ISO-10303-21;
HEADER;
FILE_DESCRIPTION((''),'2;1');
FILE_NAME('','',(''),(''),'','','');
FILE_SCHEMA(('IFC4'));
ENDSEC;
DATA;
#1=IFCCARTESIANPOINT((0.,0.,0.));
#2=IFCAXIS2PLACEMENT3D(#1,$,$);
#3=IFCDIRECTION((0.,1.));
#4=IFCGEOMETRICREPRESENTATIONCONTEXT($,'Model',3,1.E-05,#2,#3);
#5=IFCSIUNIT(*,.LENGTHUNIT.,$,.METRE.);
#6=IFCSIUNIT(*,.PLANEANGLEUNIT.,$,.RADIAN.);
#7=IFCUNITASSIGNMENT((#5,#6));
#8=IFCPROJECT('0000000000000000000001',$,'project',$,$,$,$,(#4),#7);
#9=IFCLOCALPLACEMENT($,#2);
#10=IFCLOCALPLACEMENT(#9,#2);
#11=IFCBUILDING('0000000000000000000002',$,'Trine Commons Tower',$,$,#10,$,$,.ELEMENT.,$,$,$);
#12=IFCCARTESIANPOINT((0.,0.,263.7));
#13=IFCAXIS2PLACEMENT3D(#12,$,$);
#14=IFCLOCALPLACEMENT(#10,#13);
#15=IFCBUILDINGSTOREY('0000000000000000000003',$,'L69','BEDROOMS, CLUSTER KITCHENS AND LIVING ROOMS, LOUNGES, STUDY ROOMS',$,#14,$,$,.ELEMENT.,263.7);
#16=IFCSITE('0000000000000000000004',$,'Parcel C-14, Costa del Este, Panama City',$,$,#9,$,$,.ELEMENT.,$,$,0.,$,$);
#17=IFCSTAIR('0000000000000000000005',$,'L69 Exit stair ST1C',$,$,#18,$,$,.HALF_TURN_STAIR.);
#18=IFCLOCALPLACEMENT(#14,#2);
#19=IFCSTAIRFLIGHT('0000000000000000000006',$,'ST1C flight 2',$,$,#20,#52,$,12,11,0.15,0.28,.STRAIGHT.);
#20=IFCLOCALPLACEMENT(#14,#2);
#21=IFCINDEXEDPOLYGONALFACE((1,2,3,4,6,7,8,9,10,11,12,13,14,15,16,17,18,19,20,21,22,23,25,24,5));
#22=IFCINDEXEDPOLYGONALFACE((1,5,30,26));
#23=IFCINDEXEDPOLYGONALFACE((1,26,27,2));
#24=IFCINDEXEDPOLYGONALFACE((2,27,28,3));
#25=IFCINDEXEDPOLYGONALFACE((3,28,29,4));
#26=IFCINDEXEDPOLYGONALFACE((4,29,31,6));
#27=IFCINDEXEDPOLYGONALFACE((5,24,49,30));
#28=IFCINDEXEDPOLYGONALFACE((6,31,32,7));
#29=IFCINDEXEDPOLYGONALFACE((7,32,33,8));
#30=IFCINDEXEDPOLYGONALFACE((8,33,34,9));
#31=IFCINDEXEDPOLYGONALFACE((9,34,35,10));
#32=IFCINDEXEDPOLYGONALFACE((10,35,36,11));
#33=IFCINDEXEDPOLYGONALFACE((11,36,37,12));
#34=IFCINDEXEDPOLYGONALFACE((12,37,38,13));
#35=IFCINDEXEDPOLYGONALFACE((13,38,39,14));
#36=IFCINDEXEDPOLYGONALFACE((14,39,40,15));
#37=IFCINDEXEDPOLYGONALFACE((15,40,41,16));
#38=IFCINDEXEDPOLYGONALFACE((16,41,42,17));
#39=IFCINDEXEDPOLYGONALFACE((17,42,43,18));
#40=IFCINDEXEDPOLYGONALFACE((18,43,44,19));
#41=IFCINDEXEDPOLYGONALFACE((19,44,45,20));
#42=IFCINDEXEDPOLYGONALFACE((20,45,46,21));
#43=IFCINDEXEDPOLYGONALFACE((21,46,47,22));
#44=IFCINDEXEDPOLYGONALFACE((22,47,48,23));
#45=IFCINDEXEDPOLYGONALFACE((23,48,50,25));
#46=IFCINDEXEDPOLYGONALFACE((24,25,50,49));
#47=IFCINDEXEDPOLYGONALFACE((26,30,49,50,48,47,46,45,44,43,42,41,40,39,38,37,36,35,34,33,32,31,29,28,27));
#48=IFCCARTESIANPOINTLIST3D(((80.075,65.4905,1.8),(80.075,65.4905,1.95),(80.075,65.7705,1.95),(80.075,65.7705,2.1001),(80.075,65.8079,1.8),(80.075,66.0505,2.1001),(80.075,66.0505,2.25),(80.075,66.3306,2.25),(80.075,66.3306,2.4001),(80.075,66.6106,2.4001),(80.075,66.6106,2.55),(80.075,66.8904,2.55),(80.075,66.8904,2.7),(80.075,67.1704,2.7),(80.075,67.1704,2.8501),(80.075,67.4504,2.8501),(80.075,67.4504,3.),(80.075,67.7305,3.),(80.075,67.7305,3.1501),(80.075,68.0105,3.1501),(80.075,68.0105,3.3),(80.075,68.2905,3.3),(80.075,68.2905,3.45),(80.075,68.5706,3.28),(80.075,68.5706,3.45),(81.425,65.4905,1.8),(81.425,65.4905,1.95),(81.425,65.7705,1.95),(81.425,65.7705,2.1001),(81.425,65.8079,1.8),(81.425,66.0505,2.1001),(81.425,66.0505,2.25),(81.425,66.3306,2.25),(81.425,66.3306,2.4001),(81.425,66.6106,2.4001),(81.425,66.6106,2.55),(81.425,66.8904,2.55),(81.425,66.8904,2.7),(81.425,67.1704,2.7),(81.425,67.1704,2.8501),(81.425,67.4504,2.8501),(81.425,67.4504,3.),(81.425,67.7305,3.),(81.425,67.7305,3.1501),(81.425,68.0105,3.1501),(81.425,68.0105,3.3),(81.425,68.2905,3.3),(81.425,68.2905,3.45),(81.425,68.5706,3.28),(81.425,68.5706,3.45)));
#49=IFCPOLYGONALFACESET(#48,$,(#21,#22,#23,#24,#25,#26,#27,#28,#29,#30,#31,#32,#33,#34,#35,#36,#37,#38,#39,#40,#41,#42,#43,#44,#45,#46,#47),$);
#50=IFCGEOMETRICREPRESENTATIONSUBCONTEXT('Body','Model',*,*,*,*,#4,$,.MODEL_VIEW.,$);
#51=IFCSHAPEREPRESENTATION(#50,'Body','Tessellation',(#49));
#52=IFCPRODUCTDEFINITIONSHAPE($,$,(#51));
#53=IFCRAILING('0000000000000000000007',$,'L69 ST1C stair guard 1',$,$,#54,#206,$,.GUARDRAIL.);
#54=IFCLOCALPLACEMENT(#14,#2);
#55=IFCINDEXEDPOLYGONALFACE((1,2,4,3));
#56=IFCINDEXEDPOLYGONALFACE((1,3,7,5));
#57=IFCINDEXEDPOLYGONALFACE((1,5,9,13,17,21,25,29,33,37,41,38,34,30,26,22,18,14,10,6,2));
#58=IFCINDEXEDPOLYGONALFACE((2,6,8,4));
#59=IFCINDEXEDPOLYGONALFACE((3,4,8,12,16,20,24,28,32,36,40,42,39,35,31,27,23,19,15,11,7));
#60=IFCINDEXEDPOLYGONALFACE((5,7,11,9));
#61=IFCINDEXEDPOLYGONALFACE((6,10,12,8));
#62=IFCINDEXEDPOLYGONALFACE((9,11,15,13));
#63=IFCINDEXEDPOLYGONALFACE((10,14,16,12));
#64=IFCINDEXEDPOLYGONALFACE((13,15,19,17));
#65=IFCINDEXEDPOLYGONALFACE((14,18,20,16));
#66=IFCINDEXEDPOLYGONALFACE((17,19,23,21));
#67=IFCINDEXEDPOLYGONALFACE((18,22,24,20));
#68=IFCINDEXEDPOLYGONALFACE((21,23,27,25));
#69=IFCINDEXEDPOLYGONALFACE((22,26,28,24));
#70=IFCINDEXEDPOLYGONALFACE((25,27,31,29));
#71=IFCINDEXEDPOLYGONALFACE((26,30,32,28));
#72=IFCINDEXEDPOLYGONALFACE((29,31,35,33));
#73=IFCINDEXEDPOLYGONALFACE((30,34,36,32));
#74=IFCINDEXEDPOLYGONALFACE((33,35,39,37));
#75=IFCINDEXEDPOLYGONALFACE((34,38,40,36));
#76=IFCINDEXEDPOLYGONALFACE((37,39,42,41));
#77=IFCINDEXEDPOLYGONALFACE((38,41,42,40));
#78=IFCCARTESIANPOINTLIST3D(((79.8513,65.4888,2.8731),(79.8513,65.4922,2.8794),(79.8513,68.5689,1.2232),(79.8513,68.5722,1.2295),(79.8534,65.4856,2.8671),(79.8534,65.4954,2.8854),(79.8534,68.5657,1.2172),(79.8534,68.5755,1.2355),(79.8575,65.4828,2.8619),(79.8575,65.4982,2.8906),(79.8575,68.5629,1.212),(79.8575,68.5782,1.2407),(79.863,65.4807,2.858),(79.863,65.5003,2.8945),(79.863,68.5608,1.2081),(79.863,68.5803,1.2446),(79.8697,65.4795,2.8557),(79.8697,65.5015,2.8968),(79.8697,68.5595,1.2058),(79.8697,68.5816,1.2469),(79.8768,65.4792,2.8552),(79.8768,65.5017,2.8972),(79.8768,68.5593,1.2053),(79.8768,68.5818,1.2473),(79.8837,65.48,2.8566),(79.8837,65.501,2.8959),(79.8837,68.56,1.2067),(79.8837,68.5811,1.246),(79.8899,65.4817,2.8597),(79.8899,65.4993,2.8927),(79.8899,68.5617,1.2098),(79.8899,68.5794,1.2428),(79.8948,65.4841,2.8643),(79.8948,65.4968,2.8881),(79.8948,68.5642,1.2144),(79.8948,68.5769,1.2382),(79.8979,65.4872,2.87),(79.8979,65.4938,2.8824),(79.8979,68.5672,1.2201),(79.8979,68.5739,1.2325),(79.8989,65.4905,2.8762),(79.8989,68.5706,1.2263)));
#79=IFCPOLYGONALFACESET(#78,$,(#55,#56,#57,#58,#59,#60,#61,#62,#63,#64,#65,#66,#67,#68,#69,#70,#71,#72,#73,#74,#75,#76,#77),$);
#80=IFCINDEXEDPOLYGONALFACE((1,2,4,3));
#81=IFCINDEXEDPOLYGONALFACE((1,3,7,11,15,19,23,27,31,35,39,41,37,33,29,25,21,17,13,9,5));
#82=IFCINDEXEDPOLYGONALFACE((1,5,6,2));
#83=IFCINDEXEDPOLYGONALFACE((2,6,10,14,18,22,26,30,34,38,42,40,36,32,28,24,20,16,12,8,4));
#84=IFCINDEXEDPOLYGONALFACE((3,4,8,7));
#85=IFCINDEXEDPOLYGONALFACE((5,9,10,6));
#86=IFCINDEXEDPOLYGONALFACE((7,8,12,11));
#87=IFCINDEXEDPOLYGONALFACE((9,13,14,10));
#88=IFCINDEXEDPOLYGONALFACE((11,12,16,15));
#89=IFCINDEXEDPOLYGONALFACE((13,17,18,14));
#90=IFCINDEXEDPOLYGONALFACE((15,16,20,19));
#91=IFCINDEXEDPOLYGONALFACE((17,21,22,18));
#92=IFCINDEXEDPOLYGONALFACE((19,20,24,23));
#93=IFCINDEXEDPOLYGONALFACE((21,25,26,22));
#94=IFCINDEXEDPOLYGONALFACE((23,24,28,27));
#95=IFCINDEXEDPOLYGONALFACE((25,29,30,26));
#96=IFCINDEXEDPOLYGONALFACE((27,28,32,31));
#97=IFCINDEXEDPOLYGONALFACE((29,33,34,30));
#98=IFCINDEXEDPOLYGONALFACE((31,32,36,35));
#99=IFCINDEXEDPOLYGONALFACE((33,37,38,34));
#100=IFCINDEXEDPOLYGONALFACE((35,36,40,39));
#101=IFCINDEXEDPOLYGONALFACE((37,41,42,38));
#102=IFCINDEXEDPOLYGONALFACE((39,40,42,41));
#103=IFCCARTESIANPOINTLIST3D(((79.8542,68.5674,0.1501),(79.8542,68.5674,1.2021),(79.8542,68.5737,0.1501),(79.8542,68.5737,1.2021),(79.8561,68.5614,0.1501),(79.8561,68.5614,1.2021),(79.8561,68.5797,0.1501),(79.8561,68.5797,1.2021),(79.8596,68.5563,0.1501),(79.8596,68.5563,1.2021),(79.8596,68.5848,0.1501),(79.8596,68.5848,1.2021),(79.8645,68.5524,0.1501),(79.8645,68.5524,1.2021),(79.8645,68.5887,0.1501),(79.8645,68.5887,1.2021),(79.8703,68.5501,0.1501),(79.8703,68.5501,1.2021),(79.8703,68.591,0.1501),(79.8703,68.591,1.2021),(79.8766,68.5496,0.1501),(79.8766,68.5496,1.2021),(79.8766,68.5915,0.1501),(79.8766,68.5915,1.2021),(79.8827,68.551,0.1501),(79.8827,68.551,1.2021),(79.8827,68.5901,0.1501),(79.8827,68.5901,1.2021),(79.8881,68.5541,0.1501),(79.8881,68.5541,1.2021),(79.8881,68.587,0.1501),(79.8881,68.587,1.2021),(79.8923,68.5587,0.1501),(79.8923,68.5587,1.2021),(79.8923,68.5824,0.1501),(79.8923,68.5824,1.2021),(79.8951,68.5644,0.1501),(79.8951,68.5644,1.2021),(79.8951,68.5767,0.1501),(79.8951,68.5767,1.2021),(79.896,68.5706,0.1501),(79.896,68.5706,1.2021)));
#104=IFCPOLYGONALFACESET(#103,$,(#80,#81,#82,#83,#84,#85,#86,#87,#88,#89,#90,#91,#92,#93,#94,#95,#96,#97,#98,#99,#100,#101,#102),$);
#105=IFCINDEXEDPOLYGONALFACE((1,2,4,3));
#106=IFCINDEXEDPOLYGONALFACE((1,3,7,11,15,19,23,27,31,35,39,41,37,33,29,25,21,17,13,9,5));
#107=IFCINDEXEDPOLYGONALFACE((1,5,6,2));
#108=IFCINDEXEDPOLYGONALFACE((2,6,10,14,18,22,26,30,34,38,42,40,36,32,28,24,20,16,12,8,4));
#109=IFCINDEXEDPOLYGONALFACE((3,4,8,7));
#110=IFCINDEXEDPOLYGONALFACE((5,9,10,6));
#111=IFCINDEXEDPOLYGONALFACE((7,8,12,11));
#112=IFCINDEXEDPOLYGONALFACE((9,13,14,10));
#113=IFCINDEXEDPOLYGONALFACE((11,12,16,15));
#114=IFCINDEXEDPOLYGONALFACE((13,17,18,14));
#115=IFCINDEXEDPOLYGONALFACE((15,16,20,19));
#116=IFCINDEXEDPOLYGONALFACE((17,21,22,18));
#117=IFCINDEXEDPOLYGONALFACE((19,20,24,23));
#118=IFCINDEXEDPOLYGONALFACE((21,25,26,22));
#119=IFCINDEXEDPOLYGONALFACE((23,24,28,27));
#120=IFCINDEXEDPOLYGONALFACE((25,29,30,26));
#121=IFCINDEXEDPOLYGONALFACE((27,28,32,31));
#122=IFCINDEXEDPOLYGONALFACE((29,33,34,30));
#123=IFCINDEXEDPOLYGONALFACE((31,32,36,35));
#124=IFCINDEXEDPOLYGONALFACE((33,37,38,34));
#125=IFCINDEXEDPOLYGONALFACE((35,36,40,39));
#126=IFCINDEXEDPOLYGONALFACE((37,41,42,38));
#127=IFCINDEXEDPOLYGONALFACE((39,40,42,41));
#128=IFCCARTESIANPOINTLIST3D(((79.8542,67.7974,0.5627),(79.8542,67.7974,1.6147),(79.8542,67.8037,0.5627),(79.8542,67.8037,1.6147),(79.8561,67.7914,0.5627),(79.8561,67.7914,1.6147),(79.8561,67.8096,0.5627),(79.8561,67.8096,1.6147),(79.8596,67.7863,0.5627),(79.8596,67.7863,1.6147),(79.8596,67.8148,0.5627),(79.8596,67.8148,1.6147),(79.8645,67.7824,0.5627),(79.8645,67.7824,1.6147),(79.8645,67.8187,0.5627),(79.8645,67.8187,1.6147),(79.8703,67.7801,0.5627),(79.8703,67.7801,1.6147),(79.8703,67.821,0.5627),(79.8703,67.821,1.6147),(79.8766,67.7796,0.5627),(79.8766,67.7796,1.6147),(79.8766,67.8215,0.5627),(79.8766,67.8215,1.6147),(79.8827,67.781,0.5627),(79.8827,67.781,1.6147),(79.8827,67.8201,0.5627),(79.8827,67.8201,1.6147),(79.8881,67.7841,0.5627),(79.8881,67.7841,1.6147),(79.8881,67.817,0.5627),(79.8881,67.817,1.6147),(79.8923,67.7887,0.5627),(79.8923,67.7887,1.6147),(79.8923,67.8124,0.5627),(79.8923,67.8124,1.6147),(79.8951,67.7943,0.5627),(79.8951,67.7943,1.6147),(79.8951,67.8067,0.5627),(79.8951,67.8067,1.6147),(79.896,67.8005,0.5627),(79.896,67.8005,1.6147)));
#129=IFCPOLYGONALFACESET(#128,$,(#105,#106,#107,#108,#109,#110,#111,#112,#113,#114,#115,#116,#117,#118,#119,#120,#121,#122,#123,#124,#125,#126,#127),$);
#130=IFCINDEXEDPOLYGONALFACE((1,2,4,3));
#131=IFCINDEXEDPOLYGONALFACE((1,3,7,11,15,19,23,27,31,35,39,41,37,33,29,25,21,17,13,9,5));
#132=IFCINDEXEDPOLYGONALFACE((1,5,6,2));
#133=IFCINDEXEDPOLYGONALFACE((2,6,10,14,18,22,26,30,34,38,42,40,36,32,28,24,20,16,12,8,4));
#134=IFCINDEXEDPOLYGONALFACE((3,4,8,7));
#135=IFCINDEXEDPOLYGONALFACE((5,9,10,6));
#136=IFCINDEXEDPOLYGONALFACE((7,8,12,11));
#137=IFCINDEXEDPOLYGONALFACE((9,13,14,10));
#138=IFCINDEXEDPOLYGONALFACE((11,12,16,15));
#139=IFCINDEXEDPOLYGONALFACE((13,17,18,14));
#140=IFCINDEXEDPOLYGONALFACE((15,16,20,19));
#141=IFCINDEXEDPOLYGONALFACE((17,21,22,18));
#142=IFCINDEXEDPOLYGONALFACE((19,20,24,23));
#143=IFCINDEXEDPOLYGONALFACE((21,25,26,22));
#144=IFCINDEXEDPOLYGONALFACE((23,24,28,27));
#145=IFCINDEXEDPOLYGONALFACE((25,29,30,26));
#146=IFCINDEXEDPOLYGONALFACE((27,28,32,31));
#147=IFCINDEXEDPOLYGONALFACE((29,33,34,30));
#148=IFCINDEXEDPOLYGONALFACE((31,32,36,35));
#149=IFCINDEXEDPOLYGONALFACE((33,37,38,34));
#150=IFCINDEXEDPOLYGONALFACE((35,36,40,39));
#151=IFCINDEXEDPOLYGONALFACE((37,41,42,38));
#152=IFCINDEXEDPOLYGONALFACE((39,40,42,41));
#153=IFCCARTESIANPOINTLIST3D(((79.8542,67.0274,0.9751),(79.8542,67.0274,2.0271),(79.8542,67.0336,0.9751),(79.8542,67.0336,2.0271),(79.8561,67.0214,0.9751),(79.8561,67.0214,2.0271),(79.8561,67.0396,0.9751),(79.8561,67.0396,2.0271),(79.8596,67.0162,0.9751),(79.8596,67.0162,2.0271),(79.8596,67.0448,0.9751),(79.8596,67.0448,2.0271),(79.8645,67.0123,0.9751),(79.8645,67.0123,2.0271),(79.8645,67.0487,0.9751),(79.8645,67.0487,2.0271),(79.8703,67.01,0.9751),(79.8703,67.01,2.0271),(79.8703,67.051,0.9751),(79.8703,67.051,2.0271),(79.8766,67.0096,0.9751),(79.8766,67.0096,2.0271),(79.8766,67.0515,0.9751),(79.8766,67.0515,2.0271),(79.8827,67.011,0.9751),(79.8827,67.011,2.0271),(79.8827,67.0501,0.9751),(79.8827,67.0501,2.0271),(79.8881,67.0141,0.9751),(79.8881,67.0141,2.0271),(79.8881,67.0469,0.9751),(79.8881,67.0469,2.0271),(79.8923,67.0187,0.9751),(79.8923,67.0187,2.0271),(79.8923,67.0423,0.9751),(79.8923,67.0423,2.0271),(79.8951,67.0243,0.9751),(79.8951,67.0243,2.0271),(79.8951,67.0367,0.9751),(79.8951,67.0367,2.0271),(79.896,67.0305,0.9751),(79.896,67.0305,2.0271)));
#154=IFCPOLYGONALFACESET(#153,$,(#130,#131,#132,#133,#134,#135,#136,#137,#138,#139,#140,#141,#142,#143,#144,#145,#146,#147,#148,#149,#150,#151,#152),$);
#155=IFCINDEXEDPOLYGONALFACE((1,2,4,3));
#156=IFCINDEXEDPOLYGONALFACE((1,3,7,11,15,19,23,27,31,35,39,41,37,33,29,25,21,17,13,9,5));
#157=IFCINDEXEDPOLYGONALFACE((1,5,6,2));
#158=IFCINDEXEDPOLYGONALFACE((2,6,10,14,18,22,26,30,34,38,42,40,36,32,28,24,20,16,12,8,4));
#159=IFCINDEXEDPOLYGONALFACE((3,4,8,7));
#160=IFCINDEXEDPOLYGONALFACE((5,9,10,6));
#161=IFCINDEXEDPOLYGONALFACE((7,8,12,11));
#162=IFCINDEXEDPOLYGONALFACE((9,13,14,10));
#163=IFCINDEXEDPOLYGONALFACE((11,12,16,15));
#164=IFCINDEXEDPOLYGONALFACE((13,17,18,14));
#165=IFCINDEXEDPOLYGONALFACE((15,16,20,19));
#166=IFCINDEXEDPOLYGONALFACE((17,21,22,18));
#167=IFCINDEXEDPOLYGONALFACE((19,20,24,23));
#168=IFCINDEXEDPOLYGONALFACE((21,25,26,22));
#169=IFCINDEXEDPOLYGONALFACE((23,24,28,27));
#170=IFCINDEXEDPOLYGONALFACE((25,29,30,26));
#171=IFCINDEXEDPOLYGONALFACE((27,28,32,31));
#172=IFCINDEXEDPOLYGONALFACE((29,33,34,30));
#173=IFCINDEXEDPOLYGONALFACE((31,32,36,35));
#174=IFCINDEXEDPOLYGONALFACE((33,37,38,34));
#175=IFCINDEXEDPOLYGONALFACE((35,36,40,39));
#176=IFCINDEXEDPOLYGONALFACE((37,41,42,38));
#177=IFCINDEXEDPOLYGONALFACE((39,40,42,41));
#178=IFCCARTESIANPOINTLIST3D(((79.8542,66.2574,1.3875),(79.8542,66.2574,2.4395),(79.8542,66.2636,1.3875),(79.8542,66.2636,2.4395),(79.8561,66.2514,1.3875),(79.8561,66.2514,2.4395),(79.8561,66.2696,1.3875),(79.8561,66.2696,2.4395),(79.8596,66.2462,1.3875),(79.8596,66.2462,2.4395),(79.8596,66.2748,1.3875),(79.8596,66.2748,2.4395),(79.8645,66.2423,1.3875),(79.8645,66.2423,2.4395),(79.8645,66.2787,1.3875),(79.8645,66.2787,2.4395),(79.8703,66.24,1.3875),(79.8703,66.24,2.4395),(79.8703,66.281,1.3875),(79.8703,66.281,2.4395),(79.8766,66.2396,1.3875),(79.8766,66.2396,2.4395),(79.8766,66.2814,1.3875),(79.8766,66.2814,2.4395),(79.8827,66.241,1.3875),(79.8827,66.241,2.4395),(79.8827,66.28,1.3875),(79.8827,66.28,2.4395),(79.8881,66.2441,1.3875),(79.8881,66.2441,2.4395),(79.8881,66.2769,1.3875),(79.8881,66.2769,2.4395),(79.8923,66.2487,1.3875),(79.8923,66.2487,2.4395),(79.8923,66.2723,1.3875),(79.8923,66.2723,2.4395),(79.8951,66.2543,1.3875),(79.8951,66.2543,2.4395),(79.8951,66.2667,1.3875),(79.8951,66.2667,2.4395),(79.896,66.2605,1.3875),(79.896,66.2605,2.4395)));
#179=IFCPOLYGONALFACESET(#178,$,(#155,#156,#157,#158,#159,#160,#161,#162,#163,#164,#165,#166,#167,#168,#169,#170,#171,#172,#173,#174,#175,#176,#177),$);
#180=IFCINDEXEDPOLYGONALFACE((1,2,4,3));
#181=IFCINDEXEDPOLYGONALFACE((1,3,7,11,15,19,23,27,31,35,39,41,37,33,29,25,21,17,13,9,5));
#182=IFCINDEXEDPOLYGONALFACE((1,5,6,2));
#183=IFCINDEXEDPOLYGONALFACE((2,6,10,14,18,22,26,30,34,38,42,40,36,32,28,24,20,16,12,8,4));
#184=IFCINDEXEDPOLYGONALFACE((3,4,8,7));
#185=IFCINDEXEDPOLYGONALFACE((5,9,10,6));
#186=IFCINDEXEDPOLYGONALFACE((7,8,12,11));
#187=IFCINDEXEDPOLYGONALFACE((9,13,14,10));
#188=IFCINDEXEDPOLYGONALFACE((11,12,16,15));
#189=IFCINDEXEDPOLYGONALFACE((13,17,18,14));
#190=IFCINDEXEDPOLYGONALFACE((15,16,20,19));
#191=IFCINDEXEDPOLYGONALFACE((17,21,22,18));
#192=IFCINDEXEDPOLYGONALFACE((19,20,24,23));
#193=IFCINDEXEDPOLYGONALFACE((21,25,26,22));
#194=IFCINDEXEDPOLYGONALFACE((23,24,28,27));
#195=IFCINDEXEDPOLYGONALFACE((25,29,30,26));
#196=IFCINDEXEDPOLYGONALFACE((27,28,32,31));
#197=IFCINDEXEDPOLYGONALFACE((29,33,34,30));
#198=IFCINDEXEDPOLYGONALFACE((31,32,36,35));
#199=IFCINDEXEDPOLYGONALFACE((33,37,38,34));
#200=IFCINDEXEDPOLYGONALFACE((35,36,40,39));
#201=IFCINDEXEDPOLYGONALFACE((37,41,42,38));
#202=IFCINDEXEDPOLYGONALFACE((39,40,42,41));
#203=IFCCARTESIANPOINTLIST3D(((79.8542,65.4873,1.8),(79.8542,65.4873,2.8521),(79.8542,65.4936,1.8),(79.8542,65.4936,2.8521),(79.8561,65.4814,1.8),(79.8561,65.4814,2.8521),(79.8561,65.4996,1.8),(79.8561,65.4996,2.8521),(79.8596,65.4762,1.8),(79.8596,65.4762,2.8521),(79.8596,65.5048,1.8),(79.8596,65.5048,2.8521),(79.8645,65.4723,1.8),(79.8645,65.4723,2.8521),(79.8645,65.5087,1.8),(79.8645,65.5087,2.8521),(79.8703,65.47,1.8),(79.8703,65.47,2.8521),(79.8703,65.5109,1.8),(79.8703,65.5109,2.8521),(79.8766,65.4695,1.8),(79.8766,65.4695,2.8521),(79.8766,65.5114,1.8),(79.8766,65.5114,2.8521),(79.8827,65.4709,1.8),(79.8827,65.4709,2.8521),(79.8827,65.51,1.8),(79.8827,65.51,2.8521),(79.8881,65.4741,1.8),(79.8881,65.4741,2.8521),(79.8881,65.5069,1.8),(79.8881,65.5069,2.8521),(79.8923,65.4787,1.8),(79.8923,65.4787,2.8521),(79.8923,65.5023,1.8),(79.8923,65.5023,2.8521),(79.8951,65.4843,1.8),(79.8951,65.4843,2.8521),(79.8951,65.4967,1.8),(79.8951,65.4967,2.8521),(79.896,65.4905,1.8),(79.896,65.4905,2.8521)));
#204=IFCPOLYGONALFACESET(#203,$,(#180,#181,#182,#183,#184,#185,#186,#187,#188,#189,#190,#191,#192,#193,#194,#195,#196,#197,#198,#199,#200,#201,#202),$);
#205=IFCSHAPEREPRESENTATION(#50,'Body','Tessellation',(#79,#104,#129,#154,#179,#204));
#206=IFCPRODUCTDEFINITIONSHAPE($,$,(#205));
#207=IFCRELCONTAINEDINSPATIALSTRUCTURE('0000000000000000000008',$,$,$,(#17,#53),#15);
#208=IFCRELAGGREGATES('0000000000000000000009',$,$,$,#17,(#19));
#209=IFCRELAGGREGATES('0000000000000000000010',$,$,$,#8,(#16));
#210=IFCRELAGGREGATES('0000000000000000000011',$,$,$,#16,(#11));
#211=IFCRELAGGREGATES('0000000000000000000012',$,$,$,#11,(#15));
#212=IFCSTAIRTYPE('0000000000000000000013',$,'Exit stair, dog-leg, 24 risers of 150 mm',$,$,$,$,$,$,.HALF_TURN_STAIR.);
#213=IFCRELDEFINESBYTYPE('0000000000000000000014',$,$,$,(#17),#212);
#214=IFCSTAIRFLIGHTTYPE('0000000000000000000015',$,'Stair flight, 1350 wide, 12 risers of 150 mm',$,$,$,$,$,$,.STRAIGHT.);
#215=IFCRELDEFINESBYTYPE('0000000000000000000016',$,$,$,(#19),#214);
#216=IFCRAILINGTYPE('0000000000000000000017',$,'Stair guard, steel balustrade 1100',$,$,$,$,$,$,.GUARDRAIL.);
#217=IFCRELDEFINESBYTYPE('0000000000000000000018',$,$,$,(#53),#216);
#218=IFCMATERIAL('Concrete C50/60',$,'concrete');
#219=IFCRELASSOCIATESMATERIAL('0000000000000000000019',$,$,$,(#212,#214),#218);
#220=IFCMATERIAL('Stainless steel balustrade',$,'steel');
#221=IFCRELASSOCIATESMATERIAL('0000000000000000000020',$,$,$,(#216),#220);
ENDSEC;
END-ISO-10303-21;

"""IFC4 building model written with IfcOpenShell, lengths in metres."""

from ifc_helpers import new_model, si_unit, direction, frame, origin, origin_2d, place, context, subcontext, project, spatial, polyline, circle, outline, extrude, material, type_object, element, aggregate, save


model = new_model("IFC4")

# Units and contexts
model_context = context("Model", 3, precision=1e-05, world=origin(), true_north=direction((0.0, 1.0)))
body_context = subcontext(model_context, "Body", "Model", "MODEL_VIEW")
ifc_project = project(units=[si_unit("LENGTHUNIT", "METRE"), si_unit("PLANEANGLEUNIT", "RADIAN")], contexts=[model_context])

# Site, building, storey
site_placement = place(None, origin())
site = spatial("IfcSite", under=ifc_project, at=site_placement, Name="Parcel C-14, Costa del Este, Panama City", CompositionType="ELEMENT", RefElevation=0.0)
building_placement = place(site_placement, origin())
building = spatial("IfcBuilding", under=site, at=building_placement, Name="Trine Commons Tower", CompositionType="ELEMENT")
storey_placement = place(building_placement, frame((0.0, 0.0, 263.7)))
storey = spatial("IfcBuildingStorey", under=building, at=storey_placement, Name="L69", Description="BEDROOMS, CLUSTER KITCHENS AND LIVING ROOMS, LOUNGES, STUDY ROOMS", CompositionType="ELEMENT", Elevation=263.7)

# Shared definitions
ifc_material_1 = material(Name="Concrete C50/60", Category="concrete")

# Stair, stair flight
stair_type = type_object("IfcStairType", Name="Exit stair, dog-leg, 24 risers of 150 mm", PredefinedType="HALF_TURN_STAIR", material=ifc_material_1)
stair_placement = place(storey_placement, origin())
stair = element("IfcStair", 1, at=stair_placement, inside=storey, type_object=stair_type, Name="L69 Exit stair ST1C", PredefinedType="HALF_TURN_STAIR")
stair_flight_type = type_object("IfcStairFlightType", Name="Stair flight, 1350 wide, 12 risers of 150 mm", PredefinedType="STRAIGHT", material=ifc_material_1)
stair_flight_placement = place(storey_placement, frame((80.75, 65.4905, 1.8), z_axis=(0.0, 0.0, 1.0), x_axis=(0.0, 1.0, 0.0)))
stair_flight = element("IfcStairFlight", 2, at=stair_flight_placement, type_object=stair_flight_type, Name="ST1C flight 2", NumberOfRisers=12, NumberOfTreads=11, PredefinedType="STRAIGHT", RiserHeight=0.15, TreadLength=0.28, context=body_context, shape_type="SweptSolid", body=[
    extrude(outline(polyline([(0.0, 0.0), (0.0, 0.1499), (0.28, 0.1499), (0.28, 0.3), (0.5601, 0.3), (0.5601, 0.45), (0.8401, 0.45), (0.8401, 0.6001), (1.1201, 0.6001), (1.1201, 0.75), (1.3999, 0.75), (1.3999, 0.8999), (1.6799, 0.8999), (1.6799, 1.05), (1.96, 1.05), (1.96, 1.2), (2.24, 1.2), (2.24, 1.3501), (2.52, 1.3501), (2.52, 1.5), (2.8, 1.5), (2.8, 1.6499), (3.0801, 1.6499), (3.0801, 1.8), (3.0801, 1.48), (0.3174, 0.0), (0.0, 0.0)])), frame((0.0, 0.675, 0.0), z_axis=(0.0, -1.0, 0.0), x_axis=(1.0, 0.0, 0.0)), (0.0, 0.0, 1.0), 1.3501),
])
aggregate(stair, [stair_flight])

# Railing
ifc_material_2 = material(Name="Stainless steel balustrade", Category="steel")
railing_type_1 = type_object("IfcRailingType", Name="Stair guard, steel balustrade 1100", PredefinedType="GUARDRAIL", material=ifc_material_2)
railing_1_placement = place(storey_placement, frame((79.875, 68.5706, 0.1501)))
element("IfcRailing", 3, at=railing_1_placement, inside=storey, type_object=railing_type_1, Name="L69 ST1C stair guard 1", PredefinedType="GUARDRAIL", context=body_context, shape_type="SweptSolid", body=[
    extrude(circle(Radius=0.0239, at=origin_2d()), frame((0.0, 0.0, 1.0762), z_axis=(0.0, -0.881497, 0.47219), x_axis=(1.0, 0.0, 0.0)), (0.0, 0.0, 1.0), 3.4941),
    extrude(circle(Radius=0.021, at=origin_2d()), origin(), (0.0, 0.0, 1.0), 1.052),
    extrude(circle(Radius=0.021, at=origin_2d()), frame((0.0, -0.77, 0.4126)), (0.0, 0.0, 1.0), 1.052),
    extrude(circle(Radius=0.021, at=origin_2d()), frame((0.0, -1.54, 0.825)), (0.0, 0.0, 1.0), 1.052),
    extrude(circle(Radius=0.021, at=origin_2d()), frame((0.0, -2.3101, 1.2373)), (0.0, 0.0, 1.0), 1.052),
    extrude(circle(Radius=0.021, at=origin_2d()), frame((0.0, -3.0801, 1.6499)), (0.0, 0.0, 1.0), 1.052),
])

save(model, "model.ifc")
